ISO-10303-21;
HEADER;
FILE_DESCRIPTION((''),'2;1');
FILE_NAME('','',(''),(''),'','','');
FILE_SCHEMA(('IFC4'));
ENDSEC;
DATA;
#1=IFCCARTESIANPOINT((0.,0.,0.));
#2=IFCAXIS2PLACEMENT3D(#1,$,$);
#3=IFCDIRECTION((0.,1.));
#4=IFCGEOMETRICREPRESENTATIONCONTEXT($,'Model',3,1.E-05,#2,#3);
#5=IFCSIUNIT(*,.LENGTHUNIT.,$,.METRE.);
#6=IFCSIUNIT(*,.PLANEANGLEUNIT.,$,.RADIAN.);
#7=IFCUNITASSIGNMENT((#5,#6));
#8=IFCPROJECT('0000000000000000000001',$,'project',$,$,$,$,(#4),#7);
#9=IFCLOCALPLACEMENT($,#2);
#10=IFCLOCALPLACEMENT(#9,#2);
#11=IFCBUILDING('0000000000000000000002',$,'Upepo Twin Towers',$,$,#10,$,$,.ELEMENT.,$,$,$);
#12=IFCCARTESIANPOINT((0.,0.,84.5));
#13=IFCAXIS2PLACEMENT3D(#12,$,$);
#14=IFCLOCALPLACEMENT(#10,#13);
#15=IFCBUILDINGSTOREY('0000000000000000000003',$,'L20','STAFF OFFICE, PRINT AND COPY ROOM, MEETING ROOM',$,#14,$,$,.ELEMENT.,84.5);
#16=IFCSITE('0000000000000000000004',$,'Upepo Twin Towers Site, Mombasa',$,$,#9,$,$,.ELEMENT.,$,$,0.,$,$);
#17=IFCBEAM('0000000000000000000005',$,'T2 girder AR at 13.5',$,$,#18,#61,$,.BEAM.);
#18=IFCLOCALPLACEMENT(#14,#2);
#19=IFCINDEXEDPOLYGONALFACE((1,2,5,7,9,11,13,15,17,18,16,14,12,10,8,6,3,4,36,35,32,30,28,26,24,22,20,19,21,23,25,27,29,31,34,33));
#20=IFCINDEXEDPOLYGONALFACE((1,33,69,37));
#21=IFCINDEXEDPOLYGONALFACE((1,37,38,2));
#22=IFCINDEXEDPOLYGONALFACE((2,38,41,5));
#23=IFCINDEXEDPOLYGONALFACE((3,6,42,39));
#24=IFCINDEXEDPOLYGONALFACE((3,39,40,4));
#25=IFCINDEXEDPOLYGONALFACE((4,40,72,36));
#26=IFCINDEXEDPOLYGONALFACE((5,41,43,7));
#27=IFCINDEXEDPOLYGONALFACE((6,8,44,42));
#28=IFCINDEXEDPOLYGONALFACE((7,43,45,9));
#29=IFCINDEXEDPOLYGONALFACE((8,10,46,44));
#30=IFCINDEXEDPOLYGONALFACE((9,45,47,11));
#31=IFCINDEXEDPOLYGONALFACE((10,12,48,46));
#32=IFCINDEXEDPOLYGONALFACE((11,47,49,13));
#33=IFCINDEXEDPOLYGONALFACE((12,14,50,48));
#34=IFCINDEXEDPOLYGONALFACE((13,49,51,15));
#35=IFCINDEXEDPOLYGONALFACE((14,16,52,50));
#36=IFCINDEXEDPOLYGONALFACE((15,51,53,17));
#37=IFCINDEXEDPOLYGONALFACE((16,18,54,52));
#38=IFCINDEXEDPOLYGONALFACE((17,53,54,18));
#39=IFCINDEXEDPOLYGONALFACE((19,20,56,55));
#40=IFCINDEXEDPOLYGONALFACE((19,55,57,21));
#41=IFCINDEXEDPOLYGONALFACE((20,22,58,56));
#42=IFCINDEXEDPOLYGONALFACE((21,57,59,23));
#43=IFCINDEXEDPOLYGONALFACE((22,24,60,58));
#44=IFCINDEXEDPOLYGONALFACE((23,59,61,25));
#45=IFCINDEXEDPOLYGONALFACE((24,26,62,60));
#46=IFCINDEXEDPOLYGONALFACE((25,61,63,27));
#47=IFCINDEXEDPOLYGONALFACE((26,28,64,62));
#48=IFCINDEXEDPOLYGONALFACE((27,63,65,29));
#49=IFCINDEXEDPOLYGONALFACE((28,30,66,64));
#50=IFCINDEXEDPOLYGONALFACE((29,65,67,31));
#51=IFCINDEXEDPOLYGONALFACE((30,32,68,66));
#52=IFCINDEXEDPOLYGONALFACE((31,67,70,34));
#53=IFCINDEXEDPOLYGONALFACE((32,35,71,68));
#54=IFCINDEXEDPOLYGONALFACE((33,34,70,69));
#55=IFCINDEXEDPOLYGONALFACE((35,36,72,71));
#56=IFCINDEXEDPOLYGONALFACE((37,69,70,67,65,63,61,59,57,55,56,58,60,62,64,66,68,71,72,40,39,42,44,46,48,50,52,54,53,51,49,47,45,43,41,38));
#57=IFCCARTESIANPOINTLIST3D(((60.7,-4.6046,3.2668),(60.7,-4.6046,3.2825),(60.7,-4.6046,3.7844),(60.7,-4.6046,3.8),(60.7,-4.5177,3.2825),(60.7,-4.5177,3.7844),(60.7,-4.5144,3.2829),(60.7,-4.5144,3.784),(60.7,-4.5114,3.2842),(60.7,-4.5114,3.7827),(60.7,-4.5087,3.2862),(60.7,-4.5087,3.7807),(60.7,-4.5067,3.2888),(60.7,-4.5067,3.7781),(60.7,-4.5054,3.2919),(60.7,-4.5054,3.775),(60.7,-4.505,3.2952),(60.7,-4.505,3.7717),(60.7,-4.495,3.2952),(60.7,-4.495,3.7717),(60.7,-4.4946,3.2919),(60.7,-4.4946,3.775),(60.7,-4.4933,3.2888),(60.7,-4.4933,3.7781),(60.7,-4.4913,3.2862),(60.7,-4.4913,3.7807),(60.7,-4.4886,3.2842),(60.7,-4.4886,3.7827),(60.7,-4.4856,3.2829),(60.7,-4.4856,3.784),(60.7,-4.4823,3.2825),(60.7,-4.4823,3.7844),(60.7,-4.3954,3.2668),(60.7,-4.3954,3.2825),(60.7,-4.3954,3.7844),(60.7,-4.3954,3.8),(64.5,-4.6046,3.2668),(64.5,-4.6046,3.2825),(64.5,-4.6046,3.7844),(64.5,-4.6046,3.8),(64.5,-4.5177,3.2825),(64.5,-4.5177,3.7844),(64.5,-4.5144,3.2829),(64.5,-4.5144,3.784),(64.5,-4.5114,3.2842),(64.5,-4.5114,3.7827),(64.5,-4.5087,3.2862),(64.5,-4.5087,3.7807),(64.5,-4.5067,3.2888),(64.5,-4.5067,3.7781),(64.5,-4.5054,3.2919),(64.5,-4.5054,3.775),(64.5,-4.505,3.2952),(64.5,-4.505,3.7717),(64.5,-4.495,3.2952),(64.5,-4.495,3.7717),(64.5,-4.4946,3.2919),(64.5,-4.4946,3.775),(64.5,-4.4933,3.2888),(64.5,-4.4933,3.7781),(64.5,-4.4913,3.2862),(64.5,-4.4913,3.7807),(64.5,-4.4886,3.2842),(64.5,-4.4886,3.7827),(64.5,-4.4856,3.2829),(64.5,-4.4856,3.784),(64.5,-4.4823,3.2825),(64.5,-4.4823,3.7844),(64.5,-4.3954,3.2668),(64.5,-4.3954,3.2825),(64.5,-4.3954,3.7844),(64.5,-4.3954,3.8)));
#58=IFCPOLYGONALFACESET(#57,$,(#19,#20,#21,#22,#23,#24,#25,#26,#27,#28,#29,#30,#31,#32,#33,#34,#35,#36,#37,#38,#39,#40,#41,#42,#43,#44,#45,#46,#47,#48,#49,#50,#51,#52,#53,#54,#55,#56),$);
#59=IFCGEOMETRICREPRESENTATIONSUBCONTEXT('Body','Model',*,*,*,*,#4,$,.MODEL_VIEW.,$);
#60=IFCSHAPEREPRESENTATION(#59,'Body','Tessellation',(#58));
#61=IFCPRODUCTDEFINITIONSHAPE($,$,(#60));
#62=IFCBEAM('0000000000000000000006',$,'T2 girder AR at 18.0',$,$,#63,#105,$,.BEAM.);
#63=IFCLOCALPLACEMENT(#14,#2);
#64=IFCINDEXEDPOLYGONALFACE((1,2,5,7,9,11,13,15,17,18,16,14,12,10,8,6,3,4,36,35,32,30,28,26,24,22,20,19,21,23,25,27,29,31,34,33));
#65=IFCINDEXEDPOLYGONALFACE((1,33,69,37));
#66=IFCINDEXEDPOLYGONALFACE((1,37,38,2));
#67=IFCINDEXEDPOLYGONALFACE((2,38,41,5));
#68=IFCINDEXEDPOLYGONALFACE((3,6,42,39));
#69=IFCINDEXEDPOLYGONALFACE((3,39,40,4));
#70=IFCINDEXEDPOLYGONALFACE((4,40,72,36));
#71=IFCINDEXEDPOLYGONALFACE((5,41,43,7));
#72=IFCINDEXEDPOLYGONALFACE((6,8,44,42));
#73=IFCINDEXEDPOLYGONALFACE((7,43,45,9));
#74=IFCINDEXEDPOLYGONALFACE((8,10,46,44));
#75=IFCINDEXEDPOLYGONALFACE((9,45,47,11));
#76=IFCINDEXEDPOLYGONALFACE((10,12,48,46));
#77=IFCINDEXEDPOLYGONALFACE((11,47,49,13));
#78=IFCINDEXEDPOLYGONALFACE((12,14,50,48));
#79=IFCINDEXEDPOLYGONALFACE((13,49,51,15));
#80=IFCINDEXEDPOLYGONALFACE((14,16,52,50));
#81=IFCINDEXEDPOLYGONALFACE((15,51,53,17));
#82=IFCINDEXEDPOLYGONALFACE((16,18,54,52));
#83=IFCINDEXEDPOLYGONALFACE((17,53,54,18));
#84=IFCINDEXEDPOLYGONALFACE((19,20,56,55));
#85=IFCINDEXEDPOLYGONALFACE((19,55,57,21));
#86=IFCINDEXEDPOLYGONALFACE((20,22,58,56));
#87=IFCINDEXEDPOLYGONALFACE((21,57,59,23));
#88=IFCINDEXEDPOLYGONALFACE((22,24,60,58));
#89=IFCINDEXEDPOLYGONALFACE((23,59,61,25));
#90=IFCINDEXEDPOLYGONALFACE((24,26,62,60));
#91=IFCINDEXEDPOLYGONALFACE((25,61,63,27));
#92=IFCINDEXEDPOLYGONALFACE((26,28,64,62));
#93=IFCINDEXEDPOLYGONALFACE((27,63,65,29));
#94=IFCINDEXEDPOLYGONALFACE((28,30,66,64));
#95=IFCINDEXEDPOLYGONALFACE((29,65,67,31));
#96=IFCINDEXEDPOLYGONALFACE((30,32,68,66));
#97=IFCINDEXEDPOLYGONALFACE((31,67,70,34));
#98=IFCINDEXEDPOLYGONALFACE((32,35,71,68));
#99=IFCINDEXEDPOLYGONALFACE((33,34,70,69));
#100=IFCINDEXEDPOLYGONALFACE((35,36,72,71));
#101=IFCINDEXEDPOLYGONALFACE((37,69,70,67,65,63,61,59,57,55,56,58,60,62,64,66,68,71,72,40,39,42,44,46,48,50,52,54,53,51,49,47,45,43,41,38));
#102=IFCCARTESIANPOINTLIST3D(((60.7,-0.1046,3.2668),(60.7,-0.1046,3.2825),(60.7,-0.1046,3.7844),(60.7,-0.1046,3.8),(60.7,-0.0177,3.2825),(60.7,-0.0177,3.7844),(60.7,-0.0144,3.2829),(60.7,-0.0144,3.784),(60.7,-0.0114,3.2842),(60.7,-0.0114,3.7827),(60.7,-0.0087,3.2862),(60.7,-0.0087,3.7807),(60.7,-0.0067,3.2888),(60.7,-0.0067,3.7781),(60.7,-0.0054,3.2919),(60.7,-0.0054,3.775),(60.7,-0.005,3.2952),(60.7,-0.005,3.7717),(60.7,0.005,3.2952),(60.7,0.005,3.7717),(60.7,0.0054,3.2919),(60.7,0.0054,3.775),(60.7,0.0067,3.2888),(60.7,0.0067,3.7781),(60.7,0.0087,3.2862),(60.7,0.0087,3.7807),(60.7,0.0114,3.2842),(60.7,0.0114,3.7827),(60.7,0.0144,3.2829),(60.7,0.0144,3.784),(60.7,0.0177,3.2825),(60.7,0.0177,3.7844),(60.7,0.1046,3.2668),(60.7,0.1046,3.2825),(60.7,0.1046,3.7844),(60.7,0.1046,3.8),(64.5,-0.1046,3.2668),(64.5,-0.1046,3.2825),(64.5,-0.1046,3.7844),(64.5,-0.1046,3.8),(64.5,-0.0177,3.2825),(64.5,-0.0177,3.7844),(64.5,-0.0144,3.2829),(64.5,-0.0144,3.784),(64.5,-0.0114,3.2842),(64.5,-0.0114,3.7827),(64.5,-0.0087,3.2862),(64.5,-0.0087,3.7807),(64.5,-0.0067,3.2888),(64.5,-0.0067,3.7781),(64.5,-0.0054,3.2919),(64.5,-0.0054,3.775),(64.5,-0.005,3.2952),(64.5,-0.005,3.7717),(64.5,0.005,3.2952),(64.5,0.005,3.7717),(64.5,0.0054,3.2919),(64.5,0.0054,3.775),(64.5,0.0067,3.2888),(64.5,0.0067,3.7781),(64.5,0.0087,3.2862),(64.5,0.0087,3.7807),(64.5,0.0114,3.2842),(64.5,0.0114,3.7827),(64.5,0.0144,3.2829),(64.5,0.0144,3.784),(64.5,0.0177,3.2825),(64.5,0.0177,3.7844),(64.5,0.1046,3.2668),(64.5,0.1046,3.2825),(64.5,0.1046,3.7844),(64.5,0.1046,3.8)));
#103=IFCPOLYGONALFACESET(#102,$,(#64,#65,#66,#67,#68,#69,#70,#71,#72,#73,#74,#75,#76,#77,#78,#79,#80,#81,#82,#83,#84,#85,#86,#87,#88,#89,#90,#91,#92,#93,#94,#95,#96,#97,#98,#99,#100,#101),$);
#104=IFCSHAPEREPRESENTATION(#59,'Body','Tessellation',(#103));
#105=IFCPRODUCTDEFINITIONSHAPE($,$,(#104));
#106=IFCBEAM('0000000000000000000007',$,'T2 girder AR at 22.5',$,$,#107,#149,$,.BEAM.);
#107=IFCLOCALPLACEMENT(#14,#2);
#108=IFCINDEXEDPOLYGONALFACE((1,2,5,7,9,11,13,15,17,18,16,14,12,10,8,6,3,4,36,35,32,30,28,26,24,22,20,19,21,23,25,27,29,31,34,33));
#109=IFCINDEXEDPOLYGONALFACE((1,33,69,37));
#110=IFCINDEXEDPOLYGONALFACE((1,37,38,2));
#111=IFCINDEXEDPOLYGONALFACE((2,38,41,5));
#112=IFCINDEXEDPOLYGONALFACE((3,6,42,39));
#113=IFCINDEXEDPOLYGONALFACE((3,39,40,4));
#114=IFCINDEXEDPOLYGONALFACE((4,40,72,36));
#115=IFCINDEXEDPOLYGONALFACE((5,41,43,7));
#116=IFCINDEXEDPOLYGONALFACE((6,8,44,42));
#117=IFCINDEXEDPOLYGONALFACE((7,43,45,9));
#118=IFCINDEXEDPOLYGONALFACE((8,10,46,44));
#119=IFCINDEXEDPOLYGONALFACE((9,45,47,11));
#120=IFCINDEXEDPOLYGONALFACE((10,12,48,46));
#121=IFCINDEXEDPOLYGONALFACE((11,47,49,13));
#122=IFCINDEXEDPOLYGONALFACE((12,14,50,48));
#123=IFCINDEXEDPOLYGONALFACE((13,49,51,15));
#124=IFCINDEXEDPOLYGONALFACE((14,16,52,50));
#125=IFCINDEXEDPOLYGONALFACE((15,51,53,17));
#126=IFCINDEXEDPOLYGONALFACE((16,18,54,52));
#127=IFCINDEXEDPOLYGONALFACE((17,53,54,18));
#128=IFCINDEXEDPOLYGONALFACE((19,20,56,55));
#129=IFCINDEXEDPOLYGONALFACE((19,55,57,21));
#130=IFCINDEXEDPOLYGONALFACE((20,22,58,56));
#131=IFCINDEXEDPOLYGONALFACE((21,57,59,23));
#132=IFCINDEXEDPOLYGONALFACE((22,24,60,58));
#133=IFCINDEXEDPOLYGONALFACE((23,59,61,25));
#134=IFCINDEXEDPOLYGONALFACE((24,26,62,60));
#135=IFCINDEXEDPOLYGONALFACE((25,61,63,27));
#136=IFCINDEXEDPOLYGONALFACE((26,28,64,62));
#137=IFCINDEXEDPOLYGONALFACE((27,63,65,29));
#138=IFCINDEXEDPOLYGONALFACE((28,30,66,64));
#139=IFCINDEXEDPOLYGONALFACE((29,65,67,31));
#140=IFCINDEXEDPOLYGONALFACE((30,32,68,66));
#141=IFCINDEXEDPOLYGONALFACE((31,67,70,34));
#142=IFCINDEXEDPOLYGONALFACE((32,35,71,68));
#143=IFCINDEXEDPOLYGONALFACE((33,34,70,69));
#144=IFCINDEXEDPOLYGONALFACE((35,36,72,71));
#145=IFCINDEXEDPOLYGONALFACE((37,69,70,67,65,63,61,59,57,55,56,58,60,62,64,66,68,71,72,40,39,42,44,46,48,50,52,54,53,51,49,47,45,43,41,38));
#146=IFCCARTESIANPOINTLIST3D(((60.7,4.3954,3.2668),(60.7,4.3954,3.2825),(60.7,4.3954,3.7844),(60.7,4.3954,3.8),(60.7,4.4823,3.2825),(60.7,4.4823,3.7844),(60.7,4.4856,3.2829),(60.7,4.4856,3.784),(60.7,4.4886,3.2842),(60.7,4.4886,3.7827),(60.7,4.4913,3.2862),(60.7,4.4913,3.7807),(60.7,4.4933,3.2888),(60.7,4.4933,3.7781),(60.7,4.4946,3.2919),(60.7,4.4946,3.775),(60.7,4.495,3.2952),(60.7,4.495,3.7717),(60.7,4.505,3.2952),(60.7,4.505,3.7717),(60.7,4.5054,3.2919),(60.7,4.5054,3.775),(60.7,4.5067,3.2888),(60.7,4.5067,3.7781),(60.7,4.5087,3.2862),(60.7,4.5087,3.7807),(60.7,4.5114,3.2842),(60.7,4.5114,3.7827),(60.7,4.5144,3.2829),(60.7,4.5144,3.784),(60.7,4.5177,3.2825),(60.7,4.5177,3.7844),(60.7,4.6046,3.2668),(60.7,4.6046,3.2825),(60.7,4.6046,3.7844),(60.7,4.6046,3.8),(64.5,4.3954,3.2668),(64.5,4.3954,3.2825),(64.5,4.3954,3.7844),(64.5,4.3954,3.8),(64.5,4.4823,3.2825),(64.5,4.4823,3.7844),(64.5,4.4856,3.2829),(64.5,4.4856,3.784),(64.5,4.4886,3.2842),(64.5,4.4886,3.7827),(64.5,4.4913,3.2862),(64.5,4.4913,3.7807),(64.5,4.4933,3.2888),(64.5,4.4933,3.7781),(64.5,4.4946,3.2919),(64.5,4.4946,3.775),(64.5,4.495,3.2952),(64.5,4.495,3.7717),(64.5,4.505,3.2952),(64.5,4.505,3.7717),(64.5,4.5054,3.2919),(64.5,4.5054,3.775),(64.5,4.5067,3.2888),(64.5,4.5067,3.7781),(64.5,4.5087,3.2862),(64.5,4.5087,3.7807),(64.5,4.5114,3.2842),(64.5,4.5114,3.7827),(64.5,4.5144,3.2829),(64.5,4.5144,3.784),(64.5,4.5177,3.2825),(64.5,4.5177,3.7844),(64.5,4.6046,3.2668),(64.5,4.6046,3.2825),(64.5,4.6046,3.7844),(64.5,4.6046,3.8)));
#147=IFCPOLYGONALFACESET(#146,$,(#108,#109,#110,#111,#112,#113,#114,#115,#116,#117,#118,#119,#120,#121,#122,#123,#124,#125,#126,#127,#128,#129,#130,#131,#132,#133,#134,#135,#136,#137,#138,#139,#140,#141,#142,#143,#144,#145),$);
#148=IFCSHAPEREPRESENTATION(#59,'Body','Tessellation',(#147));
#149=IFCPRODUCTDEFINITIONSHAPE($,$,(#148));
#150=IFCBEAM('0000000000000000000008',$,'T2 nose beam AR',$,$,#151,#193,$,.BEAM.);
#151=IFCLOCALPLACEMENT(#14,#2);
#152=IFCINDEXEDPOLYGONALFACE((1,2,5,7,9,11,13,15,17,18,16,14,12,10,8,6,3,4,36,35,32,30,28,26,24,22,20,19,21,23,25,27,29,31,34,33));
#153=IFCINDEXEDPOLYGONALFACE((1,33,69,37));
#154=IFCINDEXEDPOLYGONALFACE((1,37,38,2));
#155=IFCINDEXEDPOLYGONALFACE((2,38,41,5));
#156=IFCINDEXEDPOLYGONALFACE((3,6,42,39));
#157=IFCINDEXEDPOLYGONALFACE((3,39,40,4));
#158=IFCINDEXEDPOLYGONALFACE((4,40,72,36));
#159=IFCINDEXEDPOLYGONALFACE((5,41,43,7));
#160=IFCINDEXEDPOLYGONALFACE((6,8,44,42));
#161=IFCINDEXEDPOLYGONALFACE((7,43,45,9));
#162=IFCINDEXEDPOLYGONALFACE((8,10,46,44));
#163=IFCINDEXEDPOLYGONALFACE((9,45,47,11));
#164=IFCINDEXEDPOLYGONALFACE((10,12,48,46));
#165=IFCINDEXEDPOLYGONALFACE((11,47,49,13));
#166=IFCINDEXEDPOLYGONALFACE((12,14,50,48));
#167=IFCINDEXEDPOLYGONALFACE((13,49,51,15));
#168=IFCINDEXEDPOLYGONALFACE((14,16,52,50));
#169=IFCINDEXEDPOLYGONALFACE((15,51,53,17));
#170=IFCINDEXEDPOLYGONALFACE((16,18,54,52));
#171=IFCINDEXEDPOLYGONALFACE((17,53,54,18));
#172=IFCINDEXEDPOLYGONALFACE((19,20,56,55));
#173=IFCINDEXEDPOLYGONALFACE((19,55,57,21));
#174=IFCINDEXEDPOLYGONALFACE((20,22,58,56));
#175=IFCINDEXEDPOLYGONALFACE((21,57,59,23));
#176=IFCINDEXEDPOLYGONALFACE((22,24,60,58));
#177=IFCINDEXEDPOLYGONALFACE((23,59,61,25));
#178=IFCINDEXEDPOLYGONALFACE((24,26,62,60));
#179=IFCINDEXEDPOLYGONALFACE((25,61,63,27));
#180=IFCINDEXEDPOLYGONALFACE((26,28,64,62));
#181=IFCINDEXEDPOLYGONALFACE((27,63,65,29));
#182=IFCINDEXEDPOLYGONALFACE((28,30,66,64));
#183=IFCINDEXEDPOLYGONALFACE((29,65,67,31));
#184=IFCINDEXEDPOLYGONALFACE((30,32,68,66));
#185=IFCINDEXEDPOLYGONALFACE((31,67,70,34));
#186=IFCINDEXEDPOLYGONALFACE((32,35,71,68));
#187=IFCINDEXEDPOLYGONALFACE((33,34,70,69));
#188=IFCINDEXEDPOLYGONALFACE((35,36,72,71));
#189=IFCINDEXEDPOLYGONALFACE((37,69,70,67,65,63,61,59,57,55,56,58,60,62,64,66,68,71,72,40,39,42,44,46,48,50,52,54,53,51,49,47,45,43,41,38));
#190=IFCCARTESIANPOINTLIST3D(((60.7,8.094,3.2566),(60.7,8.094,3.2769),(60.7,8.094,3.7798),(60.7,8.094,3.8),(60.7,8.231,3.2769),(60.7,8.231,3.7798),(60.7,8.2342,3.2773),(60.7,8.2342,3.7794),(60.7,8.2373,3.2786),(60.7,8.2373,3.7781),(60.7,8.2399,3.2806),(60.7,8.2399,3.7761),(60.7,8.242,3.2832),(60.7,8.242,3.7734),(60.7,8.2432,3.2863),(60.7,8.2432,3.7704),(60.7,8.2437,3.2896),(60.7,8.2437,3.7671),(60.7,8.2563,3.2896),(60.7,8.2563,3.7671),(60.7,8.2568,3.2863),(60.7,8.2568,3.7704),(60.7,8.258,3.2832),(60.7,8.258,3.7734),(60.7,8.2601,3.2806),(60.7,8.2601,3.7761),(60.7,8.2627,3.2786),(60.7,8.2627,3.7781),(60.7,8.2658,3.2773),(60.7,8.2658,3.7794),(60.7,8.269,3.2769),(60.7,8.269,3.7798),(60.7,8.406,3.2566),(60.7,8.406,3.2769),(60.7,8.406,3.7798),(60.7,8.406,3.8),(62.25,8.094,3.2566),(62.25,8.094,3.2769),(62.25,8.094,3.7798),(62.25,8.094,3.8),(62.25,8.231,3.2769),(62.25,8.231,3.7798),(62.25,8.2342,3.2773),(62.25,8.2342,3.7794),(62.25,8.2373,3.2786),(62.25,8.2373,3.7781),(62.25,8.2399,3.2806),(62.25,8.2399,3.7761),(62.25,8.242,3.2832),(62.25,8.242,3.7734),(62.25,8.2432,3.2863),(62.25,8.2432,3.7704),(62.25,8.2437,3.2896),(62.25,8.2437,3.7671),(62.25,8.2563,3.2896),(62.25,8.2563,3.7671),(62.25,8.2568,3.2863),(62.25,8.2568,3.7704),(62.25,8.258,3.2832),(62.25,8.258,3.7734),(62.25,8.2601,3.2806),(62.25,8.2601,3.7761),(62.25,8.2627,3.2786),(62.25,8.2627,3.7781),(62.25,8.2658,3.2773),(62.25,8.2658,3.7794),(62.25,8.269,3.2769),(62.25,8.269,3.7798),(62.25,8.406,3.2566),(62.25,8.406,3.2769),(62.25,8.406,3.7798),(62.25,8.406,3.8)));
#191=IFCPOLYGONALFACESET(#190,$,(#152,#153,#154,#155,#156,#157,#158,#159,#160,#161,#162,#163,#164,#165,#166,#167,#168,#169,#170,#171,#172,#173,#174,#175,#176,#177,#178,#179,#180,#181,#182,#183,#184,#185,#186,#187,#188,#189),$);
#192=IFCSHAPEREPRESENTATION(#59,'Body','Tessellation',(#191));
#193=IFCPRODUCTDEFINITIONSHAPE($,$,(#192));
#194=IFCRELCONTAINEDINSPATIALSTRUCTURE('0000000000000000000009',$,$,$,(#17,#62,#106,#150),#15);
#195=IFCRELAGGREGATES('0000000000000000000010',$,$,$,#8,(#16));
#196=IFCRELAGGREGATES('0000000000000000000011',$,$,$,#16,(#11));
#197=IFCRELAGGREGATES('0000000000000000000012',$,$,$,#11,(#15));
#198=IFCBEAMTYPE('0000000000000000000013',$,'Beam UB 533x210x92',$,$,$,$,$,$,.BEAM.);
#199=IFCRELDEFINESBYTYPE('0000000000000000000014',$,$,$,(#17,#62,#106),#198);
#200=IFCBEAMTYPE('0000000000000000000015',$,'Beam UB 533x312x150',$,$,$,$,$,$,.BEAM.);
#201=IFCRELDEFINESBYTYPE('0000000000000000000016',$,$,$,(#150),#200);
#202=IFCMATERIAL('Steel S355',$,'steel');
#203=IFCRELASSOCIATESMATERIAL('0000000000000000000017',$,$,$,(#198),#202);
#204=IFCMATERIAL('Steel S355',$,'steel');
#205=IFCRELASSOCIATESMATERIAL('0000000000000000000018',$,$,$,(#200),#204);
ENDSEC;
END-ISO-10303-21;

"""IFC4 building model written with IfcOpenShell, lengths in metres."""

from ifc_helpers import new_model, si_unit, direction, frame, origin, origin_2d, place, context, subcontext, project, spatial, i_section, extrude, material, material_profile, profile_set, type_object, element, save


model = new_model("IFC4")

# Units and contexts
model_context = context("Model", 3, precision=1e-05, world=origin(), true_north=direction((0.0, 1.0)))
body_context = subcontext(model_context, "Body", "Model", "MODEL_VIEW")
ifc_project = project(units=[si_unit("LENGTHUNIT", "METRE"), si_unit("PLANEANGLEUNIT", "RADIAN")], contexts=[model_context])

# Site, building, storey
site_placement = place(None, origin())
site = spatial("IfcSite", under=ifc_project, at=site_placement, Name="Upepo Twin Towers Site, Mombasa", CompositionType="ELEMENT", RefElevation=0.0)
building_placement = place(site_placement, origin())
building = spatial("IfcBuilding", under=site, at=building_placement, Name="Upepo Twin Towers", CompositionType="ELEMENT")
storey_placement = place(building_placement, frame((0.0, 0.0, 84.5)))
storey = spatial("IfcBuildingStorey", under=building, at=storey_placement, Name="L20", Description="STAFF OFFICE, PRINT AND COPY ROOM, MEETING ROOM", CompositionType="ELEMENT", Elevation=84.5)

# Beams
ifc_material_1 = material(Name="Steel S355", Category="steel")
ifc_material_profile_1 = material_profile(ifc_material_1, i_section(OverallWidth=0.2092, OverallDepth=0.5332, WebThickness=0.01, FlangeThickness=0.0156, FilletRadius=0.0127, at=origin_2d()), Name="UB 533x210x92")
ifc_profile_set_1 = profile_set([ifc_material_profile_1], Name="Steel S355")
beam_type_1 = type_object("IfcBeamType", Name="Beam UB 533x210x92", PredefinedType="BEAM", material=ifc_profile_set_1)
for number, where, z_axis, x_axis, name in (
    (1, (64.5, -4.5, 3.5334), (-1.0, 0.0, 0.0), (0.0, -1.0, 0.0), "T2 girder AR at 13.5"),
    (2, (64.5, 0.0, 3.5334), (-1.0, 0.0, 0.0), (0.0, -1.0, 0.0), "T2 girder AR at 18.0"),
    (3, (64.5, 4.5, 3.5334), (-1.0, 0.0, 0.0), (0.0, -1.0, 0.0), "T2 girder AR at 22.5"),
):
    element("IfcBeam", number, at=place(storey_placement, frame(where, z_axis=z_axis, x_axis=x_axis)), inside=storey, type_object=beam_type_1, Name=name, PredefinedType="BEAM", context=body_context, shape_type="SweptSolid", body=[
        extrude(i_section(OverallWidth=0.2092, OverallDepth=0.5332, WebThickness=0.01, FlangeThickness=0.0156, FilletRadius=0.0127, at=origin_2d()), origin(), (0.0, 0.0, 1.0), 3.8),
    ])
ifc_material_2 = material(Name="Steel S355", Category="steel")
ifc_material_profile_2 = material_profile(ifc_material_2, i_section(OverallWidth=0.312, OverallDepth=0.5435, WebThickness=0.0127, FlangeThickness=0.0203, FilletRadius=0.0127, at=origin_2d()), Name="UB 533x312x150")
ifc_profile_set_2 = profile_set([ifc_material_profile_2], Name="Steel S355")
beam_type_2 = type_object("IfcBeamType", Name="Beam UB 533x312x150", PredefinedType="BEAM", material=ifc_profile_set_2)
beam_1_placement = place(storey_placement, frame((62.25, 8.25, 3.5283), z_axis=(-1.0, 0.0, 0.0), x_axis=(0.0, -1.0, 0.0)))
element("IfcBeam", 4, at=beam_1_placement, inside=storey, type_object=beam_type_2, Name="T2 nose beam AR", PredefinedType="BEAM", context=body_context, shape_type="SweptSolid", body=[
    extrude(i_section(OverallWidth=0.312, OverallDepth=0.5435, WebThickness=0.0127, FlangeThickness=0.0203, FilletRadius=0.0127, at=origin_2d()), origin(), (0.0, 0.0, 1.0), 1.55),
])

save(model, "model.ifc")
